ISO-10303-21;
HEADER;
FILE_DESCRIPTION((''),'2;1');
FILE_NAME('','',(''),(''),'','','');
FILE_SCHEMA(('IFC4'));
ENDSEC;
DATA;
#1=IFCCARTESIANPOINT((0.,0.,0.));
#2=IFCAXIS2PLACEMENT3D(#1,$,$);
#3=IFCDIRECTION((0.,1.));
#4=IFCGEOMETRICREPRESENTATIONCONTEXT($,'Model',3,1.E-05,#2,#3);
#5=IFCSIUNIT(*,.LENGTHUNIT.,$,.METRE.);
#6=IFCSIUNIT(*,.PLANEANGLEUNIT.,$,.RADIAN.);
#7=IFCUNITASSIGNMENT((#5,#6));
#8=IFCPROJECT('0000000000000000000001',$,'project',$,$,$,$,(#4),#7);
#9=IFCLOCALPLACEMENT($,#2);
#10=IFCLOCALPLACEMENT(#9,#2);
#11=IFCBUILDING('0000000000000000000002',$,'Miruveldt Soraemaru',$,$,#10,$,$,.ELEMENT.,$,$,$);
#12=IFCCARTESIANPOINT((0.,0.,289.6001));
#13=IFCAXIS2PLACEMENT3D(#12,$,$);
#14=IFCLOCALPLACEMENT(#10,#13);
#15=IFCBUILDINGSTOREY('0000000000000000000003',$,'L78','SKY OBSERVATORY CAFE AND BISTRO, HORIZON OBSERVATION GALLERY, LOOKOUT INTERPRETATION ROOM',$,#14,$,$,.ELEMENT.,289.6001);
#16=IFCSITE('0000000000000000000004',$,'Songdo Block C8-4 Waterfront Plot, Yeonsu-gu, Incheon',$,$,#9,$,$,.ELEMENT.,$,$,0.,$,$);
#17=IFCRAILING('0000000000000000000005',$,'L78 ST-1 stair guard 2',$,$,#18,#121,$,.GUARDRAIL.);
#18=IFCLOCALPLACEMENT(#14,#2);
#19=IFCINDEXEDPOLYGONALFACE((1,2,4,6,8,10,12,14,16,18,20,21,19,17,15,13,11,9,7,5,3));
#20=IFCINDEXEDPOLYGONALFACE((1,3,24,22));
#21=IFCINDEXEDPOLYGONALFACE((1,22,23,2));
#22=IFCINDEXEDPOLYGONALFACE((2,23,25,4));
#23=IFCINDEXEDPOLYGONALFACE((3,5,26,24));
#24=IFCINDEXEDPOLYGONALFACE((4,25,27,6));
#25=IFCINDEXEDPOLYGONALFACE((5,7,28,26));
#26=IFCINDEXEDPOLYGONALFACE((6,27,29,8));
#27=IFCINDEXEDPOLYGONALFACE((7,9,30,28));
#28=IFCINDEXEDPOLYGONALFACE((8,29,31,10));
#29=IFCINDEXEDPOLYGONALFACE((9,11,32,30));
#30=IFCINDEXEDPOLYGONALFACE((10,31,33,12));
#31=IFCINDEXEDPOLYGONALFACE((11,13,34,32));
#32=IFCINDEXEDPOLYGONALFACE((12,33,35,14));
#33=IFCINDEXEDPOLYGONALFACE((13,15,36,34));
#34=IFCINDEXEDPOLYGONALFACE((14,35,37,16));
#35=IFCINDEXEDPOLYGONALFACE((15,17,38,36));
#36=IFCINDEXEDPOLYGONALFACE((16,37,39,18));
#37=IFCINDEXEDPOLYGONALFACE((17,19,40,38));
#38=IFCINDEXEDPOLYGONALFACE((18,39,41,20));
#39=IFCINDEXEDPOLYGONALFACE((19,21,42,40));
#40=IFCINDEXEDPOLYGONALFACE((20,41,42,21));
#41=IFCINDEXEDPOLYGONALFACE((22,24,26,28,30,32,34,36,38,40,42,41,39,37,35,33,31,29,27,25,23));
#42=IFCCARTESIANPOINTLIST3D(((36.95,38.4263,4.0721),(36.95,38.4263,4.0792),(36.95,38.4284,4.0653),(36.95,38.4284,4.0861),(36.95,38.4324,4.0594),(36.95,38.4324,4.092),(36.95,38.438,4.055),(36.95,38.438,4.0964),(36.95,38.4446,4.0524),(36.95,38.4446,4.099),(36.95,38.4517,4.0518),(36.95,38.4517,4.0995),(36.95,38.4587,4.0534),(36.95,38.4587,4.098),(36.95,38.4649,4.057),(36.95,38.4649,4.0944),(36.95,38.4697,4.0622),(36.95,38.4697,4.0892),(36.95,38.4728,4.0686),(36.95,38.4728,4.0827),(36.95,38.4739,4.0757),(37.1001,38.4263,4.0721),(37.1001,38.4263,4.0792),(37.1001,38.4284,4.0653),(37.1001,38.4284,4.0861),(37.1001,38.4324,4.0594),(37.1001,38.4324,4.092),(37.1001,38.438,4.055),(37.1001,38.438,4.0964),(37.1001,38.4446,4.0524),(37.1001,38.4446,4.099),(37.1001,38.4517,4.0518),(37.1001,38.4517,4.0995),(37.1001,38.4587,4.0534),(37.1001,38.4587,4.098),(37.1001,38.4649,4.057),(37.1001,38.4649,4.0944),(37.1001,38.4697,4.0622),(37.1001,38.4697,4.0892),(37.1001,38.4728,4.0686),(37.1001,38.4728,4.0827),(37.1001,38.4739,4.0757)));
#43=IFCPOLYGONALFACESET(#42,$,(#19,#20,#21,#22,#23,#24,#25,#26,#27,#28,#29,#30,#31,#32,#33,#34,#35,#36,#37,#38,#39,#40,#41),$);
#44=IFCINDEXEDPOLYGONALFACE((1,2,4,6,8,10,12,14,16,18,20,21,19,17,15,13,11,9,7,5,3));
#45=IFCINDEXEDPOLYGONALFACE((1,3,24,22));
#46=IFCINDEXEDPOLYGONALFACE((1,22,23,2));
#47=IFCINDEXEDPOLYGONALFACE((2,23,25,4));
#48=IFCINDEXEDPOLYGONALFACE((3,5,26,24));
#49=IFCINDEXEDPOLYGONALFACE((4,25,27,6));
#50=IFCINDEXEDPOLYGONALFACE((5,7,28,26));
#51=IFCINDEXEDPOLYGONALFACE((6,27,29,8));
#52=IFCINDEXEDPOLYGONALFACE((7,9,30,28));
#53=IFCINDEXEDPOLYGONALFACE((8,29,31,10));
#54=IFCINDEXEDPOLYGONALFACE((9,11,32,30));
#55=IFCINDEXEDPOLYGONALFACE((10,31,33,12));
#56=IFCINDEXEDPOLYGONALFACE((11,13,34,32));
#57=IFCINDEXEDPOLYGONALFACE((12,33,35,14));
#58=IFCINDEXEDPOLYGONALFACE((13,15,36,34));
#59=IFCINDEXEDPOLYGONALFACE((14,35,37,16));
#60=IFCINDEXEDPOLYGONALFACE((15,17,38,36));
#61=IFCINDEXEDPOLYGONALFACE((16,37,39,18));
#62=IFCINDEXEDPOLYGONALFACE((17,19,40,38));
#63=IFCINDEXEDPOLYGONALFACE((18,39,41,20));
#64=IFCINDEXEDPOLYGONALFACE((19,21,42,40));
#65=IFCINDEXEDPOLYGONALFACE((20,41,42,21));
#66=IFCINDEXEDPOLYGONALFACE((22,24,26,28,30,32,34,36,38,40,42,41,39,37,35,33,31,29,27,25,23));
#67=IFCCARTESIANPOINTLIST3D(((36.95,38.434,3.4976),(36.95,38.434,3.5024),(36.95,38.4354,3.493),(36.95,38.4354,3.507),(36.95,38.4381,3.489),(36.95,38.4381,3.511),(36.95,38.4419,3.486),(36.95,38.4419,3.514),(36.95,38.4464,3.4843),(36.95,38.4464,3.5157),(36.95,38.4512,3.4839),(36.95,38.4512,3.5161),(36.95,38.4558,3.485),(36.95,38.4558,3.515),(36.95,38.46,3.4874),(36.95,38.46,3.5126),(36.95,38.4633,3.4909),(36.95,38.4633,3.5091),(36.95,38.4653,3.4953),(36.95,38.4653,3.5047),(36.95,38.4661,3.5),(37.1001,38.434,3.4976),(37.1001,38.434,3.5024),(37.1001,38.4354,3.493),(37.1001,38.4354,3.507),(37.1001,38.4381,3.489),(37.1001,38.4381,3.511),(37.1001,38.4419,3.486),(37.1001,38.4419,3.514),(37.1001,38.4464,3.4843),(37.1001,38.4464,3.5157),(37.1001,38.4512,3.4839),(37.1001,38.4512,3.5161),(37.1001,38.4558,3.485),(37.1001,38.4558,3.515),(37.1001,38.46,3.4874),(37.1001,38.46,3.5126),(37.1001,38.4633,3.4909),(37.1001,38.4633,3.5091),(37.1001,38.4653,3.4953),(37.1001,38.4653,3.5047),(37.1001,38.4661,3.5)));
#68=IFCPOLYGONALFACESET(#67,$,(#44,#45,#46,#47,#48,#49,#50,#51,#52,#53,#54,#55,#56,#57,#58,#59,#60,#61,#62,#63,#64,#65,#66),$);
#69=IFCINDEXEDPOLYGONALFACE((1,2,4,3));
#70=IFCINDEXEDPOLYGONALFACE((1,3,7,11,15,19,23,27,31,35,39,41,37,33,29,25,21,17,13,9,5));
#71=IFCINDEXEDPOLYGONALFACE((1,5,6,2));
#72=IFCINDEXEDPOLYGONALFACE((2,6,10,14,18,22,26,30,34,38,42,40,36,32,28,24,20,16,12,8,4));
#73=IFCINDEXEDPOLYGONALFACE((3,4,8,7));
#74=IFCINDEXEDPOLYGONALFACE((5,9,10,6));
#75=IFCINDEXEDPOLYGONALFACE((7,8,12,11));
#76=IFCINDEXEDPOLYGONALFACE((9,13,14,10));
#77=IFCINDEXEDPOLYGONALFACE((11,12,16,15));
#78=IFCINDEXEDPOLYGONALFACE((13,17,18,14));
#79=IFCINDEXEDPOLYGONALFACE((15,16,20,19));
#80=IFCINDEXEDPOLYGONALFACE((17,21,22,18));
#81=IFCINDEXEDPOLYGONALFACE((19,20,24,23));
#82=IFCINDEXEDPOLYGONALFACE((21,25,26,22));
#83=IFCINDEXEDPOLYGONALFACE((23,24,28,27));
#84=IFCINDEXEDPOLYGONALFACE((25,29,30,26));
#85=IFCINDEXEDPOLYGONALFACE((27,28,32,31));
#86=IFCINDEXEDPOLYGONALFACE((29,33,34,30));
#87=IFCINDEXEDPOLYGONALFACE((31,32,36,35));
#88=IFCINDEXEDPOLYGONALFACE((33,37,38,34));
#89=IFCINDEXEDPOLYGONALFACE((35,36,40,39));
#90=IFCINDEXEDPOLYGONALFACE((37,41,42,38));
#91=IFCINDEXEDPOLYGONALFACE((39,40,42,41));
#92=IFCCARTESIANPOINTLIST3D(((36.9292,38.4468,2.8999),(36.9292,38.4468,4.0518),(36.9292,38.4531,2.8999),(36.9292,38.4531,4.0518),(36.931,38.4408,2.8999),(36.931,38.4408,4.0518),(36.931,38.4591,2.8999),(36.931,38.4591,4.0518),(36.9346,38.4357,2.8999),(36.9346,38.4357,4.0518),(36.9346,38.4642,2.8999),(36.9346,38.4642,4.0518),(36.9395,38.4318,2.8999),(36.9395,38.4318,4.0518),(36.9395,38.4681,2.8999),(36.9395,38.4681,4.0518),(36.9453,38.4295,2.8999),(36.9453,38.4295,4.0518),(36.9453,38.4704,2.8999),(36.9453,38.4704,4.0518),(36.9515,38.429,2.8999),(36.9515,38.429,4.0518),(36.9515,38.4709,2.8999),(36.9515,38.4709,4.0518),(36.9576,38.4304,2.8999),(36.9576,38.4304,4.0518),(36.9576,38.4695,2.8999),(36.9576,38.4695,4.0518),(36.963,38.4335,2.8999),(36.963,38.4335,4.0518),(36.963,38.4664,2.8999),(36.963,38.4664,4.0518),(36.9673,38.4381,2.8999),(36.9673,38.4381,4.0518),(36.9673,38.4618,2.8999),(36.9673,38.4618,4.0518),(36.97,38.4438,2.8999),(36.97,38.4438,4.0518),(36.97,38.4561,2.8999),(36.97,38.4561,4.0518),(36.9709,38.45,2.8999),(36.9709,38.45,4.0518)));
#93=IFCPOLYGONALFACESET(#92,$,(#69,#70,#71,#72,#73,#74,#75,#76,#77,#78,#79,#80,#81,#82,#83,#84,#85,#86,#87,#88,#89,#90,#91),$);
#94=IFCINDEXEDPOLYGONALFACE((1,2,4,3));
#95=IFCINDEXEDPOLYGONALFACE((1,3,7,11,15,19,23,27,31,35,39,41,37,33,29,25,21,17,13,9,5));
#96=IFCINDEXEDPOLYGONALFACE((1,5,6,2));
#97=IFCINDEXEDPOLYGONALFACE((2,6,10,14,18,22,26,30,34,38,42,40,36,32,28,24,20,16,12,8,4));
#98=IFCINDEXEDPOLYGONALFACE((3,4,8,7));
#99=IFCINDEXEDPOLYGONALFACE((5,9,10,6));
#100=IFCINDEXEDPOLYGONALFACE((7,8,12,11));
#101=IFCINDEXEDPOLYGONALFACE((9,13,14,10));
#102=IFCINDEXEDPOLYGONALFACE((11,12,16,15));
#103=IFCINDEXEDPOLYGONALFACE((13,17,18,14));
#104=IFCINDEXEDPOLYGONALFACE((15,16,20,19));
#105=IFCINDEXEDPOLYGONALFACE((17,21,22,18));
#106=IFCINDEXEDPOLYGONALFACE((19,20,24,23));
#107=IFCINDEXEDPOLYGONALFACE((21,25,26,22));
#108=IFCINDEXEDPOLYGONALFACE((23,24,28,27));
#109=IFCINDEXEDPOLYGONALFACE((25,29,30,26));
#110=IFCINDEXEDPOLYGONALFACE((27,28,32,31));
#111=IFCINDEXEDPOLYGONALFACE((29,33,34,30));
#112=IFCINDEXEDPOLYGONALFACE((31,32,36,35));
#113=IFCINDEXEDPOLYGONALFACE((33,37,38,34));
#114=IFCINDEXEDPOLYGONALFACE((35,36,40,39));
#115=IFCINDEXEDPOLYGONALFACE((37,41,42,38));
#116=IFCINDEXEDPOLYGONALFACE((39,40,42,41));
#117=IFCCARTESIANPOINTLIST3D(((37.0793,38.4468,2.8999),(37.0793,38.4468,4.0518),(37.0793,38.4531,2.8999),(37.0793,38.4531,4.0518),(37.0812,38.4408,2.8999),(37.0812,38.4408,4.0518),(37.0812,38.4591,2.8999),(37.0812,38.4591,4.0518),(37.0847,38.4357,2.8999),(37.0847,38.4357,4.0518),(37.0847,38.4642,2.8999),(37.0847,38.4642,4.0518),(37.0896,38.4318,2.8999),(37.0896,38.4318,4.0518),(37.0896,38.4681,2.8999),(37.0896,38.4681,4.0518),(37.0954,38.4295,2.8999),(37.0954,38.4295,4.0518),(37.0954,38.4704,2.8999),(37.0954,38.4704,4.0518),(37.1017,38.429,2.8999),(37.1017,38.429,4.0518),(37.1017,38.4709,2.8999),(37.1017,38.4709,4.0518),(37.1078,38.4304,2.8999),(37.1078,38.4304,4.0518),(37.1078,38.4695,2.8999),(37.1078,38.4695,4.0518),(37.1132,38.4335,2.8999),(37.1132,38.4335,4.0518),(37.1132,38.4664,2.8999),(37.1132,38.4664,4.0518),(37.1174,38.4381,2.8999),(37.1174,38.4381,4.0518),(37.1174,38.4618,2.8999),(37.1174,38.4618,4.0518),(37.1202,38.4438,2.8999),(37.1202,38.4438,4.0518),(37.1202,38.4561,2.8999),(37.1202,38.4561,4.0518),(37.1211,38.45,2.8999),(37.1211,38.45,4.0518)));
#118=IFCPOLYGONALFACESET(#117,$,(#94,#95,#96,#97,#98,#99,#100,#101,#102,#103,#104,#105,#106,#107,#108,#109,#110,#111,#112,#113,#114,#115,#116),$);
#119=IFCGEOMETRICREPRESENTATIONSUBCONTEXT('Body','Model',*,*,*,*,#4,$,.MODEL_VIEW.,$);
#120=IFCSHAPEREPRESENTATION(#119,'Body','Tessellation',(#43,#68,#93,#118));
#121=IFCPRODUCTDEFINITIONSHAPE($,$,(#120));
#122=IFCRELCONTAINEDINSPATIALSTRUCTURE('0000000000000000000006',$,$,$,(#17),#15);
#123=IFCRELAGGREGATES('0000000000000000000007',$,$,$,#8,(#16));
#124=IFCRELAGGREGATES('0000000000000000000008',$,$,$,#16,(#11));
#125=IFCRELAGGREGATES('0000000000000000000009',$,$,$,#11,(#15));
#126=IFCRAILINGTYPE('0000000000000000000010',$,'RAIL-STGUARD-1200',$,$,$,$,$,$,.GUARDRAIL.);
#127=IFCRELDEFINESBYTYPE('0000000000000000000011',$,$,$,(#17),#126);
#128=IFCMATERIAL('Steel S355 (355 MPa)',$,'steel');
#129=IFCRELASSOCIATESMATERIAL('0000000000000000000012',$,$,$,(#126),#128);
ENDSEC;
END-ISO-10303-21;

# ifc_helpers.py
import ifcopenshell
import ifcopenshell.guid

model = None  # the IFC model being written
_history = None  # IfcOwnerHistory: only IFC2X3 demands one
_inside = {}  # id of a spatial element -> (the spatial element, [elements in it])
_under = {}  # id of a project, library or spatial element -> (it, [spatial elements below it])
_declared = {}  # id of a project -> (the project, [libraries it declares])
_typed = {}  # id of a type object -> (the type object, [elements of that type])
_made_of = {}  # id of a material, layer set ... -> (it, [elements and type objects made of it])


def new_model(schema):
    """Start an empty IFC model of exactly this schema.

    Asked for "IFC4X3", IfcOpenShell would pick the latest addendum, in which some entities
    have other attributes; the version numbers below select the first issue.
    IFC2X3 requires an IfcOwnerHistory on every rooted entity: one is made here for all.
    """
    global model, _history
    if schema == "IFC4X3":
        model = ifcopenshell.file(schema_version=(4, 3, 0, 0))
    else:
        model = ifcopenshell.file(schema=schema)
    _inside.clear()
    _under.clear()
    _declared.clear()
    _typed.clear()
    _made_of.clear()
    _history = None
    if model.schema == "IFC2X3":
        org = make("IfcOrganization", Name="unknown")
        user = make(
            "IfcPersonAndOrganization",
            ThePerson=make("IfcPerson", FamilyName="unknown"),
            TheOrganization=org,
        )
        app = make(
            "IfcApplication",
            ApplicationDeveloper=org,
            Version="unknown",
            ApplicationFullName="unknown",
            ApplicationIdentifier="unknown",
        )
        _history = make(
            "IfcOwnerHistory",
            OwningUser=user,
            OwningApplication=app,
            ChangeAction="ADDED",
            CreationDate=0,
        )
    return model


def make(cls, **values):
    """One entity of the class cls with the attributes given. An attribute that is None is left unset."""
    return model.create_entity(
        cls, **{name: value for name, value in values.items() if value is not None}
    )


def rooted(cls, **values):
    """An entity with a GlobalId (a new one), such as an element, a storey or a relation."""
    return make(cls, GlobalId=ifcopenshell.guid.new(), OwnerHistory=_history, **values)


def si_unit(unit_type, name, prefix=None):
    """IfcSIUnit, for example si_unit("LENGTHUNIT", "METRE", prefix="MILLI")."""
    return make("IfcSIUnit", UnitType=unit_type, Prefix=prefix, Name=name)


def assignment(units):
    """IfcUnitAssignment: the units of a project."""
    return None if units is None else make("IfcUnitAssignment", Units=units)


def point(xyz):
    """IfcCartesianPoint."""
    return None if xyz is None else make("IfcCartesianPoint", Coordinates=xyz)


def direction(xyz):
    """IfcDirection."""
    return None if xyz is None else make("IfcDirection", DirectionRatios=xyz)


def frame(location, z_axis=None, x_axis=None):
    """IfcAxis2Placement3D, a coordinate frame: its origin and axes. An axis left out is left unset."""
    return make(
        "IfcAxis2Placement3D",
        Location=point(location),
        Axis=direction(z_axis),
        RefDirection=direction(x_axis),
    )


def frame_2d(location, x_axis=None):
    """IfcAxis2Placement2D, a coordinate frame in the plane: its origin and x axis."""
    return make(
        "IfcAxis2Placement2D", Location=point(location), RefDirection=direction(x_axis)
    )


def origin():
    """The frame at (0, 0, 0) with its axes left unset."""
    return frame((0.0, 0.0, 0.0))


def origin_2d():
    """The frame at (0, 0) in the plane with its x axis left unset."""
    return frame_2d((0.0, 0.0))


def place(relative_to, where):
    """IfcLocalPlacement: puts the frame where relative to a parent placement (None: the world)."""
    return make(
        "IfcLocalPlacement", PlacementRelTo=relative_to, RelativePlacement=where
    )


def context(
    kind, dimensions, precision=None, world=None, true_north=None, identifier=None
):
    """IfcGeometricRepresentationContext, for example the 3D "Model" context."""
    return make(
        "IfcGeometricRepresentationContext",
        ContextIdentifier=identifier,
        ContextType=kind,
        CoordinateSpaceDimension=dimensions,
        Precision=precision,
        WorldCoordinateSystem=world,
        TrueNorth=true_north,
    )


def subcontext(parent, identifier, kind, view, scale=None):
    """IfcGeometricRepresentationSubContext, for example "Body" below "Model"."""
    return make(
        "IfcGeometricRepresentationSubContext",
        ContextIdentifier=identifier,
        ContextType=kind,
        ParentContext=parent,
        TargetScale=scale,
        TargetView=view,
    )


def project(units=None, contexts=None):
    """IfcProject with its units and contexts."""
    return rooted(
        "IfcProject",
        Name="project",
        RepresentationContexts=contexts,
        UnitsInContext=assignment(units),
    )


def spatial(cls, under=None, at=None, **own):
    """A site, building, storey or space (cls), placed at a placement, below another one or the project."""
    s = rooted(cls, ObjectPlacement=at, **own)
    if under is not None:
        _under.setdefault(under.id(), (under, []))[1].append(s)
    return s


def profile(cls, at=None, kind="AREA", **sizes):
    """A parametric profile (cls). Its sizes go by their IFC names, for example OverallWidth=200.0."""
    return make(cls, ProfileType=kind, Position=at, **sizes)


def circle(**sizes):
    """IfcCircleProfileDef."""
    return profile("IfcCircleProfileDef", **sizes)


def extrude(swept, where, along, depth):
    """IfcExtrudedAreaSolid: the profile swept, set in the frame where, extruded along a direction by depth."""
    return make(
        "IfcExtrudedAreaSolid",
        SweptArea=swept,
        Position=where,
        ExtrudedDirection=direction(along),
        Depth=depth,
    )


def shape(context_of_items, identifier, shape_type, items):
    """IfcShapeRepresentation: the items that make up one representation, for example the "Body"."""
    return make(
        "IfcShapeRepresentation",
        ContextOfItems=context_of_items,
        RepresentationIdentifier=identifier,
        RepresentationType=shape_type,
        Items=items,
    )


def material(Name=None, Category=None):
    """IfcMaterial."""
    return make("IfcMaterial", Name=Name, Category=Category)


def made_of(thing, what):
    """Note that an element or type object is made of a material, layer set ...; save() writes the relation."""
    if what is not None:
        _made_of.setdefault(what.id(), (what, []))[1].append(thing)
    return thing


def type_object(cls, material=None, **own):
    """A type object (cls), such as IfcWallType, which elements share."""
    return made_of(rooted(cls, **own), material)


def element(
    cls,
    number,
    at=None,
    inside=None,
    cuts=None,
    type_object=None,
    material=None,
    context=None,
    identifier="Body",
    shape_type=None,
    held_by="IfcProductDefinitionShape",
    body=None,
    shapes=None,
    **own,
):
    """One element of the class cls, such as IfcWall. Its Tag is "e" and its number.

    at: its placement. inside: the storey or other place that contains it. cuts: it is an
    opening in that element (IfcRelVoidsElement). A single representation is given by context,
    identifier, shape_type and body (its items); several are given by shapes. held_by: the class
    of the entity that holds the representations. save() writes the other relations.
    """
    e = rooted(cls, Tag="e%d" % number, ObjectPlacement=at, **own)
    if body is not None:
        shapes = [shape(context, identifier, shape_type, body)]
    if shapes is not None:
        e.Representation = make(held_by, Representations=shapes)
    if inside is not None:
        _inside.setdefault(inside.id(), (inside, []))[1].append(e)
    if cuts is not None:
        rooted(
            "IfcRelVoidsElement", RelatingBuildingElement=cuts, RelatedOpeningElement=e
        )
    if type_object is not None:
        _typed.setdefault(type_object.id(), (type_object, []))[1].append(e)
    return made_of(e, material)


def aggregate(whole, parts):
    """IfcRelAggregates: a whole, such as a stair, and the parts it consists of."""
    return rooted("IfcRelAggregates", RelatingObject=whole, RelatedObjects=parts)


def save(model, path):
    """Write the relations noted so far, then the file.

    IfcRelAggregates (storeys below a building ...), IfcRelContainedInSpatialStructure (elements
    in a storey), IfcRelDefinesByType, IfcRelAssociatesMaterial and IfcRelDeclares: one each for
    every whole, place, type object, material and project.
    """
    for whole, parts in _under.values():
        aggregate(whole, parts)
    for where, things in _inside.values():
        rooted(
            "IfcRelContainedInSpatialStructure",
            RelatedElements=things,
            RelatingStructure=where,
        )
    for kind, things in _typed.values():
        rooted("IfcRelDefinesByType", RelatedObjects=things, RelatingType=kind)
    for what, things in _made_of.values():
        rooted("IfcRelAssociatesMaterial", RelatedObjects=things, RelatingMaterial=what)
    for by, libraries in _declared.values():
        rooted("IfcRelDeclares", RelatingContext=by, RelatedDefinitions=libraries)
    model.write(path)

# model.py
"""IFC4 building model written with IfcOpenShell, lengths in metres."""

from ifc_helpers import new_model, si_unit, direction, frame, origin, origin_2d, place, context, subcontext, project, spatial, circle, extrude, material, type_object, element, save


model = new_model("IFC4")

# Units and contexts
model_context = context("Model", 3, precision=1e-05, world=origin(), true_north=direction((0.0, 1.0)))
body_context = subcontext(model_context, "Body", "Model", "MODEL_VIEW")
ifc_project = project(units=[si_unit("LENGTHUNIT", "METRE"), si_unit("PLANEANGLEUNIT", "RADIAN")], contexts=[model_context])

# Site, building, storey
site_placement = place(None, origin())
site = spatial("IfcSite", under=ifc_project, at=site_placement, Name="Songdo Block C8-4 Waterfront Plot, Yeonsu-gu, Incheon", CompositionType="ELEMENT", RefElevation=0.0)
building_placement = place(site_placement, origin())
building = spatial("IfcBuilding", under=site, at=building_placement, Name="Miruveldt Soraemaru", CompositionType="ELEMENT")
storey_placement = place(building_placement, frame((0.0, 0.0, 289.6001)))
storey = spatial("IfcBuildingStorey", under=building, at=storey_placement, Name="L78", Description="SKY OBSERVATORY CAFE AND BISTRO, HORIZON OBSERVATION GALLERY, LOOKOUT INTERPRETATION ROOM", CompositionType="ELEMENT", Elevation=289.6001)

# Railing
ifc_material_1 = material(Name="Steel S355 (355 MPa)", Category="steel")
railing_type = type_object("IfcRailingType", Name="RAIL-STGUARD-1200", PredefinedType="GUARDRAIL", material=ifc_material_1)
railing_1_placement = place(storey_placement, frame((36.95, 38.45, 2.8999)))
element("IfcRailing", 1, at=railing_1_placement, inside=storey, type_object=railing_type, Name="L78 ST-1 stair guard 2", PredefinedType="GUARDRAIL", context=body_context, shape_type="SweptSolid", body=[
    extrude(circle(Radius=0.0239, at=origin_2d()), frame((0.0, 0.0, 1.1758), z_axis=(1.0, 0.0, 0.0), x_axis=(0.0, 1.0, 0.0)), (0.0, 0.0, 1.0), 0.1501),
    extrude(circle(Radius=0.0161, at=origin_2d()), frame((0.0, 0.0, 0.6001), z_axis=(1.0, 0.0, 0.0), x_axis=(0.0, 1.0, 0.0)), (0.0, 0.0, 1.0), 0.1501),
    extrude(circle(Radius=0.021, at=origin_2d()), origin(), (0.0, 0.0, 1.0), 1.1519),
    extrude(circle(Radius=0.021, at=origin_2d()), frame((0.1501, 0.0, 0.0)), (0.0, 0.0, 1.0), 1.1519),
])

save(model, "model.ifc")
